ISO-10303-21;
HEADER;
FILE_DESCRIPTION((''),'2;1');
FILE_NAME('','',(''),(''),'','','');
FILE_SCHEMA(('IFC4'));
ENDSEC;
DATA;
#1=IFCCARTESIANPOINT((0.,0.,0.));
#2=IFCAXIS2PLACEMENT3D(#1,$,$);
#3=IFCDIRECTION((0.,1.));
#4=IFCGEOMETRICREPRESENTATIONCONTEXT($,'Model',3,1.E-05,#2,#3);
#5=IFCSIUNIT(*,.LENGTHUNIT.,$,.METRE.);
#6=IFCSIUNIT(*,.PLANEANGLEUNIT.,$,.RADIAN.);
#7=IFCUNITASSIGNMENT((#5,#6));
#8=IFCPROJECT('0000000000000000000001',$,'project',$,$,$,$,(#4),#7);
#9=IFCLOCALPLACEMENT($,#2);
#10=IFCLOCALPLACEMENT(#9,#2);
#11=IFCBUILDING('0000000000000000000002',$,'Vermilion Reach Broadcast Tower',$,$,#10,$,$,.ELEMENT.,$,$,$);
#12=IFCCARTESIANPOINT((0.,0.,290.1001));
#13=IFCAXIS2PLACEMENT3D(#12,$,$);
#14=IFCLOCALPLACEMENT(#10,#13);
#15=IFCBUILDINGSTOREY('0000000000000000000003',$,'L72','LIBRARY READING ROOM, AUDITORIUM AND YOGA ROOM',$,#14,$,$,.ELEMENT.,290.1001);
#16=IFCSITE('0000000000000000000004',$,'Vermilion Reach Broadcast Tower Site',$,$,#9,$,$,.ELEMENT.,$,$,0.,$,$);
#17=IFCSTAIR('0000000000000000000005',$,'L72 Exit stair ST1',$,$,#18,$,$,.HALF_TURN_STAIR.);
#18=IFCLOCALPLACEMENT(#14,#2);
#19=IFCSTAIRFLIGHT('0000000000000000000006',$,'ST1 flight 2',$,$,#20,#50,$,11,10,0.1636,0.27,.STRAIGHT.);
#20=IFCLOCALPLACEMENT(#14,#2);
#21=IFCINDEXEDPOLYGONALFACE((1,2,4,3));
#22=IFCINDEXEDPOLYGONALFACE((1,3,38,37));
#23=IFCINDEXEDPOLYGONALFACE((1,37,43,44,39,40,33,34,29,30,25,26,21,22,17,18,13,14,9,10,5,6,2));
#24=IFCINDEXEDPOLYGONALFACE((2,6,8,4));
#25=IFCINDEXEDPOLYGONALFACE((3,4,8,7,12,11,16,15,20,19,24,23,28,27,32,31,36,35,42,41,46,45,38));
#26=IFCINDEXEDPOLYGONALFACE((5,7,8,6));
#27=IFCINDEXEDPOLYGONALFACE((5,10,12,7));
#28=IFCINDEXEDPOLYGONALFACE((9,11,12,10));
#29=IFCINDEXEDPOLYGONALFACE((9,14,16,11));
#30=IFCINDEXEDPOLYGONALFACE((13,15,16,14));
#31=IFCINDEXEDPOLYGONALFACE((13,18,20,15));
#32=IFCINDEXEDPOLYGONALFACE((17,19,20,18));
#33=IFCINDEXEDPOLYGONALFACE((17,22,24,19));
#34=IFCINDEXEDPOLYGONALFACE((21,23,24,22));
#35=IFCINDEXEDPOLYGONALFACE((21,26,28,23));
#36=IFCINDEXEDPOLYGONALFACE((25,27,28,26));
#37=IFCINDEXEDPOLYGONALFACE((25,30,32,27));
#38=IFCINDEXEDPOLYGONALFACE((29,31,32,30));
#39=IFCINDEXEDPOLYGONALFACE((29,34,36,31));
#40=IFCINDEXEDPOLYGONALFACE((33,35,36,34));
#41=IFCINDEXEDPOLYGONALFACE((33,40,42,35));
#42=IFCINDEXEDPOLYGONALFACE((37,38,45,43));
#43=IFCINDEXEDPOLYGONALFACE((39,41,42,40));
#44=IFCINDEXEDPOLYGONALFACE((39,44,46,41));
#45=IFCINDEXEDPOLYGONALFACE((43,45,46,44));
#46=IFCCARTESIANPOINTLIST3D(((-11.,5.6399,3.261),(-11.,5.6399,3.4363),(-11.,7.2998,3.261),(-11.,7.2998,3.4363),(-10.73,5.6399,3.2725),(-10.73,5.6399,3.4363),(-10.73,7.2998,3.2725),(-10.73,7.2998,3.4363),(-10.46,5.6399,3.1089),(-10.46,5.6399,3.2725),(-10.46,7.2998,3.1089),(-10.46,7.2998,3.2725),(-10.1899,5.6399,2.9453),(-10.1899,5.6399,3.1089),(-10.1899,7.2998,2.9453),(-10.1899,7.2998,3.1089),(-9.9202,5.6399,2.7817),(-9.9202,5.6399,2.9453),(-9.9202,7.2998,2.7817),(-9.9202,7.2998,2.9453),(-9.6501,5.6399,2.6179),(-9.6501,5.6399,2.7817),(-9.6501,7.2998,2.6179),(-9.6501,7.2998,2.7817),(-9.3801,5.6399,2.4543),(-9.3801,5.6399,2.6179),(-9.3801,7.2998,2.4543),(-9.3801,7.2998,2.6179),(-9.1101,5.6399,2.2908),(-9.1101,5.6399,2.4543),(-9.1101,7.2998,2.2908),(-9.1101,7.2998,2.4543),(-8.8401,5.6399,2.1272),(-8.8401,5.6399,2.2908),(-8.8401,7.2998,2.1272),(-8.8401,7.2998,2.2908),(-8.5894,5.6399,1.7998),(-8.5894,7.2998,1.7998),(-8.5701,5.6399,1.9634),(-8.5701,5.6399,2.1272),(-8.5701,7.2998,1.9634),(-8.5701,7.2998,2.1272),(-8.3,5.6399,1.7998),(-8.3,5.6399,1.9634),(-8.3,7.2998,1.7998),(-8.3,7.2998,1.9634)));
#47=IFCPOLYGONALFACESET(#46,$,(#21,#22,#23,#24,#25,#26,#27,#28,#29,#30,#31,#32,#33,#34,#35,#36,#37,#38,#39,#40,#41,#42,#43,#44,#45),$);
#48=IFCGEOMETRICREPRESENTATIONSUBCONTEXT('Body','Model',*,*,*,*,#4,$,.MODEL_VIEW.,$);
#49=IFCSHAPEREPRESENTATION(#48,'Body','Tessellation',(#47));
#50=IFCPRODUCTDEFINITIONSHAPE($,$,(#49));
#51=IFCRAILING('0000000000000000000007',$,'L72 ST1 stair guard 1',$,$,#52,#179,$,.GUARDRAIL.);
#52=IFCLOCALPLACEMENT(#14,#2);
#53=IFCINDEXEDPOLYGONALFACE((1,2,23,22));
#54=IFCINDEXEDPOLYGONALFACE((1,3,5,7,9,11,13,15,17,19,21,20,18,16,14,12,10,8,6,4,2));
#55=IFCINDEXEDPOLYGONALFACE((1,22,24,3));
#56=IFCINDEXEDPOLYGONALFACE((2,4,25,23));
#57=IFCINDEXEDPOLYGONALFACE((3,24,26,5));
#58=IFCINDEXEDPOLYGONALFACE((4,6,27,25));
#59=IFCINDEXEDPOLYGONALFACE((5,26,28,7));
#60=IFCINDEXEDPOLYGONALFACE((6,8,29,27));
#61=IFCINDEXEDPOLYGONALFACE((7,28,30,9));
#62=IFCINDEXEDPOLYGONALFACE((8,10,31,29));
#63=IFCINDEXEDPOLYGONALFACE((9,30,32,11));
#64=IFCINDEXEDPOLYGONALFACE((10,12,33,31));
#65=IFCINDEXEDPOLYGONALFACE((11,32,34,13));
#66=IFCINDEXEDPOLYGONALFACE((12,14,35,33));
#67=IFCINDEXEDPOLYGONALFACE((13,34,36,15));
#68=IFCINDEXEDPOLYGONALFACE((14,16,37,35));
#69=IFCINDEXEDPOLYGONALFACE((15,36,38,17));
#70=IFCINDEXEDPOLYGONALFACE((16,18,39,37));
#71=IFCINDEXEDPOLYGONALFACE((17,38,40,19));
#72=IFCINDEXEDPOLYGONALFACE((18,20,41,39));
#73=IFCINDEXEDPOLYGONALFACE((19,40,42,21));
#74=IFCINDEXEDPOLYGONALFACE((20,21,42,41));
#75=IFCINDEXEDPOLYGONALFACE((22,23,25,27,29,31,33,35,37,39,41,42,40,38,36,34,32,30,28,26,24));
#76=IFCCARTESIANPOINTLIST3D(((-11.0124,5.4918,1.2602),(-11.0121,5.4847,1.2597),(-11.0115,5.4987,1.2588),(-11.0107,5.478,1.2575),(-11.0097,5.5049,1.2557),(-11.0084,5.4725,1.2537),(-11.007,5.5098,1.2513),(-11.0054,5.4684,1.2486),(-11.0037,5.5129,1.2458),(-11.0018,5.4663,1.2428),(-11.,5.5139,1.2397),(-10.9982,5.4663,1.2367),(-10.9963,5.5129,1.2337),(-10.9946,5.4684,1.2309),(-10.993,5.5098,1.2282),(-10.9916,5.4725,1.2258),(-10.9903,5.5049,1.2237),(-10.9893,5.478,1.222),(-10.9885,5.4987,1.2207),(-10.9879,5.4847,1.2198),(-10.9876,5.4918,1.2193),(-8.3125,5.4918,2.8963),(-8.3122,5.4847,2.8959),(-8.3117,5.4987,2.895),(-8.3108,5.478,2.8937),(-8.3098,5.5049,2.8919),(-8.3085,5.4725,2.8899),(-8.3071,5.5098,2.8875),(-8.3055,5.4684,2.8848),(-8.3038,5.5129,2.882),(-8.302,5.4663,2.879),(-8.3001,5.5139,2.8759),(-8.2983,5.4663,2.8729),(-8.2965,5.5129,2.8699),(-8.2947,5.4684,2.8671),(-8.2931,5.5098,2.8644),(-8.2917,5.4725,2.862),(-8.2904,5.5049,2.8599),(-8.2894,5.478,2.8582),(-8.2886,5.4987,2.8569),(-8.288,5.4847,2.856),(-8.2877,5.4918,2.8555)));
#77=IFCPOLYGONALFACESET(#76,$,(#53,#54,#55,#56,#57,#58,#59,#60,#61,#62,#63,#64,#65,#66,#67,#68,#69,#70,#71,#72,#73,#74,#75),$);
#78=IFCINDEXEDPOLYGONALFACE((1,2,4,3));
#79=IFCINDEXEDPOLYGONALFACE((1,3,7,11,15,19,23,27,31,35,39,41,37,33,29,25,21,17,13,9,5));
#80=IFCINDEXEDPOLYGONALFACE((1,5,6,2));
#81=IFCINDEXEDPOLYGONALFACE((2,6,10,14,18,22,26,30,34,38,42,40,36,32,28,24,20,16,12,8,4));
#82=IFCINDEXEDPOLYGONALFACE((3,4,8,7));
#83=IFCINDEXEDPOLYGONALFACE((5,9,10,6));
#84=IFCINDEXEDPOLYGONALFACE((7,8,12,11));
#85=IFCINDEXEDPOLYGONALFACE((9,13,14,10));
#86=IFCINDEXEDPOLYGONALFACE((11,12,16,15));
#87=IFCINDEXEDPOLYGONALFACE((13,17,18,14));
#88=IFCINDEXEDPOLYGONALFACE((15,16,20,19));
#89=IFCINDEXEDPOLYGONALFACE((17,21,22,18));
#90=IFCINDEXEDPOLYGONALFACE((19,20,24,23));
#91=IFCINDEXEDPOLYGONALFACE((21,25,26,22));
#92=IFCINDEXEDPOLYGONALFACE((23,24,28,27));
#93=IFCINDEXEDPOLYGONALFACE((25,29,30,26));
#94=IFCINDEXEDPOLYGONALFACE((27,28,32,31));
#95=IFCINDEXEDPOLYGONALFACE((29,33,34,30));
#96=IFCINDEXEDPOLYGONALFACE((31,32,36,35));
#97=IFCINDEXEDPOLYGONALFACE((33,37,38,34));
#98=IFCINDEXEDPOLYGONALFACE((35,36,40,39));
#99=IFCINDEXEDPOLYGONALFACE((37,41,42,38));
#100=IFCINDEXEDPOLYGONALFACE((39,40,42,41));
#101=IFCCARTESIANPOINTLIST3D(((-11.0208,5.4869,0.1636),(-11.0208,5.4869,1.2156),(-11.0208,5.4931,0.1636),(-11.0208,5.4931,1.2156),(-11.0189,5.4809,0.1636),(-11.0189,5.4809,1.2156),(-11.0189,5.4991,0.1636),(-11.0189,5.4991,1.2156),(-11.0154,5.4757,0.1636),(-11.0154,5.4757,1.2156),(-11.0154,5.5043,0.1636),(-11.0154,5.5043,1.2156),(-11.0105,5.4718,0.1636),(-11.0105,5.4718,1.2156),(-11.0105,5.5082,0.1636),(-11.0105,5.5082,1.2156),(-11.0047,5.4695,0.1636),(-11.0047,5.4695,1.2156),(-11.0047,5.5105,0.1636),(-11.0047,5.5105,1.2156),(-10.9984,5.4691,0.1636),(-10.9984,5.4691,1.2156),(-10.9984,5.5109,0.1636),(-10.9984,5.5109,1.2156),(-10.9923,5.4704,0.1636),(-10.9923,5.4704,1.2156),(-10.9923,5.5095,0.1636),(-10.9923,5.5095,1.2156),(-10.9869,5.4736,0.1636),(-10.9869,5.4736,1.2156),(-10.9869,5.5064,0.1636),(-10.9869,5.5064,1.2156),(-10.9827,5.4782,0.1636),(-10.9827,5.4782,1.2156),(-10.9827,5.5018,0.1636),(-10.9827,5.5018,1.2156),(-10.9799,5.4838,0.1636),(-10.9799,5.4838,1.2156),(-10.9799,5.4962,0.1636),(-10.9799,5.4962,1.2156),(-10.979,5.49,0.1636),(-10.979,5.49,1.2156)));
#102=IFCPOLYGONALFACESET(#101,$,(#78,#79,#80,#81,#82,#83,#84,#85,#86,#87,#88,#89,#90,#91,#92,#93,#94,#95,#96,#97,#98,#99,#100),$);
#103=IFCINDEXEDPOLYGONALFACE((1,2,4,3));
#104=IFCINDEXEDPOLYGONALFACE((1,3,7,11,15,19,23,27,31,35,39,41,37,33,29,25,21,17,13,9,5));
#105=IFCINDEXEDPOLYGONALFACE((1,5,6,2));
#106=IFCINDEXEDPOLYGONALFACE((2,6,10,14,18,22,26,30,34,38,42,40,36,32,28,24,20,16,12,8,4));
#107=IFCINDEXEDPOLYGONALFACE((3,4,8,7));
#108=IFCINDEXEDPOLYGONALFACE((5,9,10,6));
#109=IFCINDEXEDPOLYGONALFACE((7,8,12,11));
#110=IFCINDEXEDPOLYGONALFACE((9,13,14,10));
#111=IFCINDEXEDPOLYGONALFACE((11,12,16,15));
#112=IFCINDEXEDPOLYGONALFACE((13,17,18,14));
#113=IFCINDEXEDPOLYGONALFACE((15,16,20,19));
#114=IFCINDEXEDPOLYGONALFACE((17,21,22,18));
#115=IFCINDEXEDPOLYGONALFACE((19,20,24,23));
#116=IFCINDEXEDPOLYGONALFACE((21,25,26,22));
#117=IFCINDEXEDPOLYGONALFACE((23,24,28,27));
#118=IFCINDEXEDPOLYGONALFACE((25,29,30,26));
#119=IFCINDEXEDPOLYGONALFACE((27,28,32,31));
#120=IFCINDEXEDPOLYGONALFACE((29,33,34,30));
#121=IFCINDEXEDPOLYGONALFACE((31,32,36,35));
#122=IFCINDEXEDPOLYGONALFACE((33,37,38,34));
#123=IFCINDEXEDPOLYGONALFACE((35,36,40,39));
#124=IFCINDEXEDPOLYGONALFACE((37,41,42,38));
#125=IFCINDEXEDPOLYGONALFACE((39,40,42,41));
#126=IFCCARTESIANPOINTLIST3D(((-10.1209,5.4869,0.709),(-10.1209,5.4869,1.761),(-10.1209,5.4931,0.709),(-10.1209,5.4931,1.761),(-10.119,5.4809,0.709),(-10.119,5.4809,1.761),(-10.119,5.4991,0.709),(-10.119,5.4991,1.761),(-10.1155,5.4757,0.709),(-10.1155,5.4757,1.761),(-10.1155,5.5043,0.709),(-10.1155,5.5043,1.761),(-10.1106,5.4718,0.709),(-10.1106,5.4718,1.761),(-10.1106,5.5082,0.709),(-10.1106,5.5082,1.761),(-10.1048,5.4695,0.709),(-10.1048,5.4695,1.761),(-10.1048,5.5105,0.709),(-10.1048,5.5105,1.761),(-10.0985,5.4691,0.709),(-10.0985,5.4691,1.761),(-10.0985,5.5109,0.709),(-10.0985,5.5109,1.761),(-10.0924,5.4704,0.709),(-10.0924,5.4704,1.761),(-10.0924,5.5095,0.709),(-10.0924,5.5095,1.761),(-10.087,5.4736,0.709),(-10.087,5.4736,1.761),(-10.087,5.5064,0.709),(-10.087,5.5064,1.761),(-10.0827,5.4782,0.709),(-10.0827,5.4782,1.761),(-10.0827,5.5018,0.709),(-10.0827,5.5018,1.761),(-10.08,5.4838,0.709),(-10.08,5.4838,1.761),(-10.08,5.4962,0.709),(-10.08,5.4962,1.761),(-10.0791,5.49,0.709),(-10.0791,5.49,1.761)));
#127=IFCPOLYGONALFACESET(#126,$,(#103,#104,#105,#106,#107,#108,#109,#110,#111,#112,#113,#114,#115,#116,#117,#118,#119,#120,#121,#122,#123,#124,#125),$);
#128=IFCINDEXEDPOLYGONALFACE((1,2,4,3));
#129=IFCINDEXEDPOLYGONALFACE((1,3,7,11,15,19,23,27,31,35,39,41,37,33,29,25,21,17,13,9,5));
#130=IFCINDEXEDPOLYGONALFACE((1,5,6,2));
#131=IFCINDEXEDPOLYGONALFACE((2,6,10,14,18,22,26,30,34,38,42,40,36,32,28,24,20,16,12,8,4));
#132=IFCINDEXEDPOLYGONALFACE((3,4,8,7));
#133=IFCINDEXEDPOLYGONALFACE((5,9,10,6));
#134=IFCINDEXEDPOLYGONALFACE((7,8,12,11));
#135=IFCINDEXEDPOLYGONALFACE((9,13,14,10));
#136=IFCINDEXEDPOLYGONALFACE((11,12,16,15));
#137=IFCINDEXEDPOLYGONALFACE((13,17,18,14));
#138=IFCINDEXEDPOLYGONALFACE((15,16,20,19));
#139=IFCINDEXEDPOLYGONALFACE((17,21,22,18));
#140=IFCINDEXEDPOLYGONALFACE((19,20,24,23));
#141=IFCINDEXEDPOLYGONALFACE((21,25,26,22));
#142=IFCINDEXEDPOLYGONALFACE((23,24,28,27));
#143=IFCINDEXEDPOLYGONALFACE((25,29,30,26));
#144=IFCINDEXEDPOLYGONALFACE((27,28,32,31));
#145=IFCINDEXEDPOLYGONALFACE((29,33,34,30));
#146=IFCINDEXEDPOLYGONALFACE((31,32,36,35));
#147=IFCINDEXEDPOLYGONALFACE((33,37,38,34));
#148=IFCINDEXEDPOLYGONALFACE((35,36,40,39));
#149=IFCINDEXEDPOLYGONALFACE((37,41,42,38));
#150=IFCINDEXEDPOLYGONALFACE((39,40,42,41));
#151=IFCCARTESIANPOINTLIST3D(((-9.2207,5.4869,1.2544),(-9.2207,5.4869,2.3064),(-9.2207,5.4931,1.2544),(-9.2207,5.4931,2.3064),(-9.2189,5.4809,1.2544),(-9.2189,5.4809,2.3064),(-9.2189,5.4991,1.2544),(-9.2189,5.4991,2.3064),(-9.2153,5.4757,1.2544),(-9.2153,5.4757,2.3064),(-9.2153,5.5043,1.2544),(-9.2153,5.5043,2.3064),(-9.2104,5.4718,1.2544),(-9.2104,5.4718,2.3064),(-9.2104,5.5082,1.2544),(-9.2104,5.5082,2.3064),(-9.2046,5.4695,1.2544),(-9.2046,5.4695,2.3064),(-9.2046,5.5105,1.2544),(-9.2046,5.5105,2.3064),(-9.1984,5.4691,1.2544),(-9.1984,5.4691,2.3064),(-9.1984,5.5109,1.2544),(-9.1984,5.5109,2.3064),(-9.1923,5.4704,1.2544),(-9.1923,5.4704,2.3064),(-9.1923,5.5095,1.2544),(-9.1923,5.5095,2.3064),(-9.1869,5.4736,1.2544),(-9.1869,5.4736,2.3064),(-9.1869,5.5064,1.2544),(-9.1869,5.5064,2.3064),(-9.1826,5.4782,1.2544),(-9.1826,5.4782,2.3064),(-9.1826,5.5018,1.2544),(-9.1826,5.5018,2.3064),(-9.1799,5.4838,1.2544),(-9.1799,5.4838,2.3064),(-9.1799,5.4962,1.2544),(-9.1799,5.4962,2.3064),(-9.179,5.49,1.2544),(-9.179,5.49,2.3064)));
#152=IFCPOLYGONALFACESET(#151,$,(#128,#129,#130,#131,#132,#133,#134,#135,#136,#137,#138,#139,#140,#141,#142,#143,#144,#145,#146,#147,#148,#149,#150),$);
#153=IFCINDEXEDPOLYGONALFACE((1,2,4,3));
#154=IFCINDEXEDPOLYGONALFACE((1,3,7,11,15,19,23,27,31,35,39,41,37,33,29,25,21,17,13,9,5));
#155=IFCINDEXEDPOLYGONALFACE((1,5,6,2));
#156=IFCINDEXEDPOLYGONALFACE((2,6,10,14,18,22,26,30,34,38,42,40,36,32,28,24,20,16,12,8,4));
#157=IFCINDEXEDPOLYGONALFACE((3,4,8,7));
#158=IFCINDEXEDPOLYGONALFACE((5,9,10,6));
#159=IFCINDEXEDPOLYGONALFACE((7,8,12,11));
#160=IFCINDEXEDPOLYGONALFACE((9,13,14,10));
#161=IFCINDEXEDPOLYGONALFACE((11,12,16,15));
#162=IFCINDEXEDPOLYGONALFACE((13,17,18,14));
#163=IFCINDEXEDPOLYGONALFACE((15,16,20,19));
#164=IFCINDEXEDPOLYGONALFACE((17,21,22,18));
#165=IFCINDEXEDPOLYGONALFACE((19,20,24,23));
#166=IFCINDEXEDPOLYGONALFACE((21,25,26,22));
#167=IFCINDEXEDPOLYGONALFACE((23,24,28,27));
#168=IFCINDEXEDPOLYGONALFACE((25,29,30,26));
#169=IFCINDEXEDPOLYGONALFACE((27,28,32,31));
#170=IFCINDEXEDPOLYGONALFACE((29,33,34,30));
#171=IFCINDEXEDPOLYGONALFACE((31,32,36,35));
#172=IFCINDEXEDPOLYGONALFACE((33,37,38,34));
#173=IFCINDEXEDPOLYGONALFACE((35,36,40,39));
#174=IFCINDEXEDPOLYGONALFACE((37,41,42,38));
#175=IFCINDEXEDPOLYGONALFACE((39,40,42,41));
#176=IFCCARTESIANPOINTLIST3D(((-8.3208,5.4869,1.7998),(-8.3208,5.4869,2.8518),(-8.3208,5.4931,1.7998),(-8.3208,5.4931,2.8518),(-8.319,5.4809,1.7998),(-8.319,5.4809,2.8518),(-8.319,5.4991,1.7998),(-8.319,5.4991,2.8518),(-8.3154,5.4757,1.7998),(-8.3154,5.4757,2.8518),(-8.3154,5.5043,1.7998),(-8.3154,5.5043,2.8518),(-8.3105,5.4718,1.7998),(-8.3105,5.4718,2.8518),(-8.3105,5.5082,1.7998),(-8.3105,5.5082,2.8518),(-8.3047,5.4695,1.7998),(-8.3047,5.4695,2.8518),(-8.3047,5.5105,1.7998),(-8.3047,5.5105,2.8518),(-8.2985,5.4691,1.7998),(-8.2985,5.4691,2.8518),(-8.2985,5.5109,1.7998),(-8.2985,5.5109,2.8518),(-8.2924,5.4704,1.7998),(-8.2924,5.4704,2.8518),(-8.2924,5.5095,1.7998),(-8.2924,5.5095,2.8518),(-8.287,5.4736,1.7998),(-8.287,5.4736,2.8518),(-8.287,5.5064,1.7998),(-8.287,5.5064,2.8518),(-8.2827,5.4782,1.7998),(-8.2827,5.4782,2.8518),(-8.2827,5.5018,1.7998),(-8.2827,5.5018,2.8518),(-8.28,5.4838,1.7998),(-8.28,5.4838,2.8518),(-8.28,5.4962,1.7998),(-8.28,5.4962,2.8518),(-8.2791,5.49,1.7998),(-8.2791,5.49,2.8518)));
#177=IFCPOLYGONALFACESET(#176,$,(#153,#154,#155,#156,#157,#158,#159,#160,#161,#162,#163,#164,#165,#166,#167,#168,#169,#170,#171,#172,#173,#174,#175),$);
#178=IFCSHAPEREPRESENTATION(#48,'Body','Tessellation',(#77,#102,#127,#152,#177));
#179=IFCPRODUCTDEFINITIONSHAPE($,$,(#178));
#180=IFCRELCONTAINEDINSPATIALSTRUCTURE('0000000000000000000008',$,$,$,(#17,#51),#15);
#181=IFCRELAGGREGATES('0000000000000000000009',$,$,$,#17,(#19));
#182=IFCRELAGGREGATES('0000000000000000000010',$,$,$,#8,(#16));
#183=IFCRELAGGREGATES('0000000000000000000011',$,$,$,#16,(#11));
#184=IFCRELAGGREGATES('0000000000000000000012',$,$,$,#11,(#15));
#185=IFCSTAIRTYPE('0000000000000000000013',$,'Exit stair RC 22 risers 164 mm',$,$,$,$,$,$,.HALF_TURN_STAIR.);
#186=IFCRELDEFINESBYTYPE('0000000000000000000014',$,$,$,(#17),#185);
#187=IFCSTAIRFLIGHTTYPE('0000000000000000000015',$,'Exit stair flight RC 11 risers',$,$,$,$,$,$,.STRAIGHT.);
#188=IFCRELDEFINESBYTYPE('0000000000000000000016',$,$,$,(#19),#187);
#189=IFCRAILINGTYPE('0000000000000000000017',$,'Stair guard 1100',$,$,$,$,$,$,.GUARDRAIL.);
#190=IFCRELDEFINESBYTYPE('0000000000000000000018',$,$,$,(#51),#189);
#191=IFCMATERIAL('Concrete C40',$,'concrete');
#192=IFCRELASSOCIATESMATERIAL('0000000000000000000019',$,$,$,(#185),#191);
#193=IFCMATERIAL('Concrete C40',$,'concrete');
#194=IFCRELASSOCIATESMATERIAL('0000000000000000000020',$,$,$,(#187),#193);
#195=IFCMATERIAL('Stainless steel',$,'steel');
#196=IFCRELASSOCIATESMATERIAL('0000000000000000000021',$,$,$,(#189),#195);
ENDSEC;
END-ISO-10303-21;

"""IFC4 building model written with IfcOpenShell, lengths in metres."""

from ifc_helpers import new_model, si_unit, direction, frame, origin, origin_2d, place, context, subcontext, project, spatial, polyline, circle, outline, extrude, material, type_object, element, aggregate, save


model = new_model("IFC4")

# Units and contexts
model_context = context("Model", 3, precision=1e-05, world=origin(), true_north=direction((0.0, 1.0)))
body_context = subcontext(model_context, "Body", "Model", "MODEL_VIEW")
ifc_project = project(units=[si_unit("LENGTHUNIT", "METRE"), si_unit("PLANEANGLEUNIT", "RADIAN")], contexts=[model_context])

# Site, building, storey
site_placement = place(None, origin())
site = spatial("IfcSite", under=ifc_project, at=site_placement, Name="Vermilion Reach Broadcast Tower Site", CompositionType="ELEMENT", RefElevation=0.0)
building_placement = place(site_placement, origin())
building = spatial("IfcBuilding", under=site, at=building_placement, Name="Vermilion Reach Broadcast Tower", CompositionType="ELEMENT")
storey_placement = place(building_placement, frame((0.0, 0.0, 290.1001)))
storey = spatial("IfcBuildingStorey", under=building, at=storey_placement, Name="L72", Description="LIBRARY READING ROOM, AUDITORIUM AND YOGA ROOM", CompositionType="ELEMENT", Elevation=290.1001)

# Stair, stair flight
ifc_material_1 = material(Name="Concrete C40", Category="concrete")
stair_type = type_object("IfcStairType", Name="Exit stair RC 22 risers 164 mm", PredefinedType="HALF_TURN_STAIR", material=ifc_material_1)
stair_placement = place(storey_placement, origin())
stair = element("IfcStair", 1, at=stair_placement, inside=storey, type_object=stair_type, Name="L72 Exit stair ST1", PredefinedType="HALF_TURN_STAIR")
ifc_material_2 = material(Name="Concrete C40", Category="concrete")
stair_flight_type = type_object("IfcStairFlightType", Name="Exit stair flight RC 11 risers", PredefinedType="STRAIGHT", material=ifc_material_2)
stair_flight_1_placement = place(storey_placement, frame((-8.3, 6.47, 1.7998), z_axis=(0.0, 0.0, 1.0), x_axis=(-1.0, 0.0, 0.0)))
stair_flight_1 = element("IfcStairFlight", 2, at=stair_flight_1_placement, type_object=stair_flight_type, Name="ST1 flight 2", NumberOfRisers=11, NumberOfTreads=10, PredefinedType="STRAIGHT", RiserHeight=0.1636, TreadLength=0.27, context=body_context, shape_type="SweptSolid", body=[
    extrude(outline(polyline([(0.0, 0.0), (0.0, 0.1636), (0.27, 0.1636), (0.27, 0.3274), (0.54, 0.3274), (0.54, 0.491), (0.8101, 0.491), (0.8101, 0.6545), (1.0801, 0.6545), (1.0801, 0.8181), (1.3501, 0.8181), (1.3501, 0.9819), (1.6201, 0.9819), (1.6201, 1.1455), (1.8899, 1.1455), (1.8899, 1.3091), (2.1599, 1.3091), (2.1599, 1.4727), (2.4299, 1.4727), (2.4299, 1.6365), (2.7, 1.6365), (2.7, 1.8), (2.7, 1.4612), (0.2893, 0.0), (0.0, 0.0)])), frame((0.0, 0.8301, 0.0), z_axis=(0.0, -1.0, 0.0), x_axis=(1.0, 0.0, 0.0)), (0.0, 0.0, 1.0), 1.6599),
])
aggregate(stair, [stair_flight_1])

# Railing
ifc_material_3 = material(Name="Stainless steel", Category="steel")
railing_type_1 = type_object("IfcRailingType", Name="Stair guard 1100", PredefinedType="GUARDRAIL", material=ifc_material_3)
railing_1_placement = place(storey_placement, frame((-11.0, 5.49, 0.1636)))
element("IfcRailing", 3, at=railing_1_placement, inside=storey, type_object=railing_type_1, Name="L72 ST1 stair guard 1", PredefinedType="GUARDRAIL", context=body_context, shape_type="SweptSolid", body=[
    extrude(circle(Radius=0.0239, at=origin_2d()), frame((0.0, 0.0, 1.0762), z_axis=(0.855212, 0.0, 0.518278), x_axis=(0.0, 1.0, 0.0)), (0.0, 0.0, 1.0), 3.157),
    extrude(circle(Radius=0.021, at=origin_2d()), origin(), (0.0, 0.0, 1.0), 1.052),
    extrude(circle(Radius=0.021, at=origin_2d()), frame((0.8999, 0.0, 0.5454)), (0.0, 0.0, 1.0), 1.052),
    extrude(circle(Radius=0.021, at=origin_2d()), frame((1.8, 0.0, 1.0908)), (0.0, 0.0, 1.0), 1.052),
    extrude(circle(Radius=0.021, at=origin_2d()), frame((2.7, 0.0, 1.6362)), (0.0, 0.0, 1.0), 1.052),
])

save(model, "model.ifc")
